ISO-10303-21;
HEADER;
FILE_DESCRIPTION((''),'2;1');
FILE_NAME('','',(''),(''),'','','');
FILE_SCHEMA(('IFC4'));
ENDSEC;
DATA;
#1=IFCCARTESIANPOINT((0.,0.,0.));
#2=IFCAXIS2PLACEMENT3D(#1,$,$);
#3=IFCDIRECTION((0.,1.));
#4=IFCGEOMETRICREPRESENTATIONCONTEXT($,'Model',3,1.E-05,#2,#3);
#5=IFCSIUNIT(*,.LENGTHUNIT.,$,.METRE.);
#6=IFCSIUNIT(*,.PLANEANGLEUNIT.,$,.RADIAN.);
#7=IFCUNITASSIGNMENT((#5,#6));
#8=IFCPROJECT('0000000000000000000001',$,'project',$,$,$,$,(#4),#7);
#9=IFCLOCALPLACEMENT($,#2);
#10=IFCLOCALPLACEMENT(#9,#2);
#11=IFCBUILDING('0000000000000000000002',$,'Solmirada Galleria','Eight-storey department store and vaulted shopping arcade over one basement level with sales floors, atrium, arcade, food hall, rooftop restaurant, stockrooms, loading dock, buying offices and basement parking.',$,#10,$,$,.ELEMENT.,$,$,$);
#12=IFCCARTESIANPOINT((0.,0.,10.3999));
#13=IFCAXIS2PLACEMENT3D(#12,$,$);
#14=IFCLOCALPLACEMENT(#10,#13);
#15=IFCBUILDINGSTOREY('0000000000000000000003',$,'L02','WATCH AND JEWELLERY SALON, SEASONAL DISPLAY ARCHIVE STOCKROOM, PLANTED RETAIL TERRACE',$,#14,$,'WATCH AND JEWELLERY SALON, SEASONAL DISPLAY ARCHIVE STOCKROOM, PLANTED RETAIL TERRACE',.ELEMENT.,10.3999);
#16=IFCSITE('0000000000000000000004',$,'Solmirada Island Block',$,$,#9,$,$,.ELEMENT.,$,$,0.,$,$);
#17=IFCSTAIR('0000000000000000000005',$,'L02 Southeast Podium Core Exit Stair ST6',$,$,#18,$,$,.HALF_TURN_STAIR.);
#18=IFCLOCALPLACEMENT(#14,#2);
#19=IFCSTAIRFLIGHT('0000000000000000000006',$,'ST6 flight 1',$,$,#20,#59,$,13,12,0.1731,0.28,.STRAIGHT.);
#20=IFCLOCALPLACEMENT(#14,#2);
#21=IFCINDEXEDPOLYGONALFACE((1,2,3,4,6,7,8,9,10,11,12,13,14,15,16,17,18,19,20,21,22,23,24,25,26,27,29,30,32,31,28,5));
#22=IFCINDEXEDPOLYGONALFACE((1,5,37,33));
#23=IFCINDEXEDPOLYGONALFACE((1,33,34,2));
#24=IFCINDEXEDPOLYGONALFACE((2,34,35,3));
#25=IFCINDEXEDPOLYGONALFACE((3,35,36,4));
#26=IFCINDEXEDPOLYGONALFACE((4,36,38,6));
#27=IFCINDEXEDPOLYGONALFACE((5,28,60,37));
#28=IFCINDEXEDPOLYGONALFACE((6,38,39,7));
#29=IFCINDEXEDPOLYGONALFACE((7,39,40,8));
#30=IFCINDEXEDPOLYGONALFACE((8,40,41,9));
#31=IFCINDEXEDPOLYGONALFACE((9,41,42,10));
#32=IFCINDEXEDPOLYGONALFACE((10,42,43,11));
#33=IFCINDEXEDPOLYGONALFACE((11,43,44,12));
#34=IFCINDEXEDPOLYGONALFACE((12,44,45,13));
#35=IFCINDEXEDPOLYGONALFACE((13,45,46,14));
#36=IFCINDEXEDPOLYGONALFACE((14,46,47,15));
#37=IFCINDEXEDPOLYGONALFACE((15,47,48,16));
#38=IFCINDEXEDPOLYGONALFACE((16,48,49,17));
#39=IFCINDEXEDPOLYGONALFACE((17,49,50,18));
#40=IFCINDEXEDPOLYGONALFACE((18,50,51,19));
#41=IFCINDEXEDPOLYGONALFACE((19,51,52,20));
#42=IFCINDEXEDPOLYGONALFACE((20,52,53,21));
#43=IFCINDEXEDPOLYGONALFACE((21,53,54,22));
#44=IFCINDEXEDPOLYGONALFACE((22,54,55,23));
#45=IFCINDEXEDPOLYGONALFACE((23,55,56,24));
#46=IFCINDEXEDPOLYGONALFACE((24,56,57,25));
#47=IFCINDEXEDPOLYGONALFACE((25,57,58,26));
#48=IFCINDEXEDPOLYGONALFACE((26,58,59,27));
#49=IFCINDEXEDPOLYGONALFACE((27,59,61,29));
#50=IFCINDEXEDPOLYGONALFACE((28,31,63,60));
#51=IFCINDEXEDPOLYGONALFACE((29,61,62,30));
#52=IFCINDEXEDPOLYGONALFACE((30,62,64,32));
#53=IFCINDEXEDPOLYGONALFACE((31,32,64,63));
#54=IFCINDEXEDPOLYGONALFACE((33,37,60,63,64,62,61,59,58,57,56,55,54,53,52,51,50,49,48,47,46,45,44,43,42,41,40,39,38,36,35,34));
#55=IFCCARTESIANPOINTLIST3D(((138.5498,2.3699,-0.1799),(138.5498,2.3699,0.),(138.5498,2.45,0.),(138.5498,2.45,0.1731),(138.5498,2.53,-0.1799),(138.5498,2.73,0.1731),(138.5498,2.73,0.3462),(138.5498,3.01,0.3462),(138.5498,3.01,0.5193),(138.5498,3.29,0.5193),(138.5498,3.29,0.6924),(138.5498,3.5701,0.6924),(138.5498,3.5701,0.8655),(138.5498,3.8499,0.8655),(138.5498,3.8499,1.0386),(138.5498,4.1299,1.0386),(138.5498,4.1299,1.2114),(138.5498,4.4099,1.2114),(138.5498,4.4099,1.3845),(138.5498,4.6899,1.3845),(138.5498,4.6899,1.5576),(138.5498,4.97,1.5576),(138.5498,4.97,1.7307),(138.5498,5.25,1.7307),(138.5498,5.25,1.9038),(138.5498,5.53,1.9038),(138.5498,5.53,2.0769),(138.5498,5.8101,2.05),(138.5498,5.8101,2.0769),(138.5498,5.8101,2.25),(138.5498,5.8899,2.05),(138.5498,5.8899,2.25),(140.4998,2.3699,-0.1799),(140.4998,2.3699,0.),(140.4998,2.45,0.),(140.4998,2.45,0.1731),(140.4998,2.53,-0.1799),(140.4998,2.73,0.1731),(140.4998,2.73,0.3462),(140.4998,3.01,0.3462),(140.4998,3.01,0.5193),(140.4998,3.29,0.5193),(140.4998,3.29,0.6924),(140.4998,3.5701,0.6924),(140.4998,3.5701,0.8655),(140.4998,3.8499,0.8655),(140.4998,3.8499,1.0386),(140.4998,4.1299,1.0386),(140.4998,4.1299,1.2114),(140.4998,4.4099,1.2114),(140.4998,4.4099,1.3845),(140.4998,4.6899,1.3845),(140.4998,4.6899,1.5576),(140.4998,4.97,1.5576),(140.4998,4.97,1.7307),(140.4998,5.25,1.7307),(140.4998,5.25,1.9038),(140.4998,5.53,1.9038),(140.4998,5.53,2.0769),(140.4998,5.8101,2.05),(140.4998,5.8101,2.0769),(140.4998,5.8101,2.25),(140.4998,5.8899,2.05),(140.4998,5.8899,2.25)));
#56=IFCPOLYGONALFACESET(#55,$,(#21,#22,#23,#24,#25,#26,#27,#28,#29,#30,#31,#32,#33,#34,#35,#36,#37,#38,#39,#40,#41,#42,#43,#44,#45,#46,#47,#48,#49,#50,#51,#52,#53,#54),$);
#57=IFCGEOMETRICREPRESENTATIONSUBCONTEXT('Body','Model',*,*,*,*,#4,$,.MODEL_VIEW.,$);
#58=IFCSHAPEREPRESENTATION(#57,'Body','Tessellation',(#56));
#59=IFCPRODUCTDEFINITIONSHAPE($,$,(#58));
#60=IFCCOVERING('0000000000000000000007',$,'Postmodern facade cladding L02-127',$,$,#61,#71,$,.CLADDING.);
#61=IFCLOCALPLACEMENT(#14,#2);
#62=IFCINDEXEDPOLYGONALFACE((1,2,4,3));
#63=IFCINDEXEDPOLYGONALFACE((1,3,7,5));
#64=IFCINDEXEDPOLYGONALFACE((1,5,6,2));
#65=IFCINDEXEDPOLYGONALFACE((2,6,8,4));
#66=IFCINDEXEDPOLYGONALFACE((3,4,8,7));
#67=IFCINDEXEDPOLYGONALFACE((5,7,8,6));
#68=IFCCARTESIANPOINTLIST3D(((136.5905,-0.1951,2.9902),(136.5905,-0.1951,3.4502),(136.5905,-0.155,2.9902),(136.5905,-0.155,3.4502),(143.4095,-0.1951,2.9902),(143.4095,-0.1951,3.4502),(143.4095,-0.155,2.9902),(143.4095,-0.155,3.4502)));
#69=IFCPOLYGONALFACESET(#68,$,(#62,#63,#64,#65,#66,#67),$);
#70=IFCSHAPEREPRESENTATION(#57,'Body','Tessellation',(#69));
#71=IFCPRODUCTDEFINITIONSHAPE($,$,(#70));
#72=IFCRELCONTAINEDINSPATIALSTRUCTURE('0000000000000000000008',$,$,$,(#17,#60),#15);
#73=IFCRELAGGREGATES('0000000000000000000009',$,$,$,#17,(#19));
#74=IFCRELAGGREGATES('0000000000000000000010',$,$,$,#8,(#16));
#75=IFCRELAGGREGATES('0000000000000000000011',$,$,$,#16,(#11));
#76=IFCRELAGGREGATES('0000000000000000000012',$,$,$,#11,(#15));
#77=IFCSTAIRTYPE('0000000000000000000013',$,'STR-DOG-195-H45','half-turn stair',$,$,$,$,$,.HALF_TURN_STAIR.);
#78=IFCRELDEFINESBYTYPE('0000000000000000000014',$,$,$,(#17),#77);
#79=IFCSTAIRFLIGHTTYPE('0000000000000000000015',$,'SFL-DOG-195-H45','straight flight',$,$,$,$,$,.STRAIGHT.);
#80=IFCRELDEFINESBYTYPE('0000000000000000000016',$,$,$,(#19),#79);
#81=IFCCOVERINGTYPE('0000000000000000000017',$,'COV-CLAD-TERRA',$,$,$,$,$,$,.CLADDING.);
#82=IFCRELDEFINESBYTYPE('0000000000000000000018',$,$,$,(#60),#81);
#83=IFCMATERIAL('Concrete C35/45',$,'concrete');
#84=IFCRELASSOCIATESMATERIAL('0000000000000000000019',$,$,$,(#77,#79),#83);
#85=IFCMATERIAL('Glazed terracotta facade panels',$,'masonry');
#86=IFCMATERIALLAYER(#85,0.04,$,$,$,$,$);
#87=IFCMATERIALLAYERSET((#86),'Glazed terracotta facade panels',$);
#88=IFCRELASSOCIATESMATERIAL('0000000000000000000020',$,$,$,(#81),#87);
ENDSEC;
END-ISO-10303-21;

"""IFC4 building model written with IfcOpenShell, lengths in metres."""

from ifc_helpers import new_model, si_unit, direction, frame, origin, origin_2d, place, context, subcontext, project, spatial, polyline, rectangle, outline, extrude, material, layer, layer_set, type_object, element, aggregate, save


model = new_model("IFC4")

# Units and contexts
model_context = context("Model", 3, precision=1e-05, world=origin(), true_north=direction((0.0, 1.0)))
body_context = subcontext(model_context, "Body", "Model", "MODEL_VIEW")
ifc_project = project(units=[si_unit("LENGTHUNIT", "METRE"), si_unit("PLANEANGLEUNIT", "RADIAN")], contexts=[model_context])

# Site, building, storey
site_placement = place(None, origin())
site = spatial("IfcSite", under=ifc_project, at=site_placement, Name="Solmirada Island Block", CompositionType="ELEMENT", RefElevation=0.0)
building_placement = place(site_placement, origin())
building = spatial("IfcBuilding", under=site, at=building_placement, Name="Solmirada Galleria", Description="Eight-storey department store and vaulted shopping arcade over one basement level with sales floors, atrium, arcade, food hall, rooftop restaurant, stockrooms, loading dock, buying offices and basement parking.", CompositionType="ELEMENT")
storey_placement = place(building_placement, frame((0.0, 0.0, 10.3999)))
storey = spatial("IfcBuildingStorey", under=building, at=storey_placement, Name="L02", Description="WATCH AND JEWELLERY SALON, SEASONAL DISPLAY ARCHIVE STOCKROOM, PLANTED RETAIL TERRACE", LongName="WATCH AND JEWELLERY SALON, SEASONAL DISPLAY ARCHIVE STOCKROOM, PLANTED RETAIL TERRACE", CompositionType="ELEMENT", Elevation=10.3999)

# Stair, stair flight
ifc_material_1 = material(Name="Concrete C35/45", Category="concrete")
stair_type = type_object("IfcStairType", Name="STR-DOG-195-H45", Description="half-turn stair", PredefinedType="HALF_TURN_STAIR", material=ifc_material_1)
stair_placement = place(storey_placement, origin())
stair = element("IfcStair", 1, at=stair_placement, inside=storey, type_object=stair_type, Name="L02 Southeast Podium Core Exit Stair ST6", PredefinedType="HALF_TURN_STAIR")
stair_flight_type = type_object("IfcStairFlightType", Name="SFL-DOG-195-H45", Description="straight flight", PredefinedType="STRAIGHT", material=ifc_material_1)
stair_flight_placement = place(storey_placement, frame((139.5249, 2.45, 0.0), z_axis=(0.0, 0.0, 1.0), x_axis=(0.0, 1.0, 0.0)))
stair_flight = element("IfcStairFlight", 2, at=stair_flight_placement, type_object=stair_flight_type, Name="ST6 flight 1", NumberOfRisers=13, NumberOfTreads=12, PredefinedType="STRAIGHT", RiserHeight=0.1731, TreadLength=0.28, context=body_context, shape_type="SweptSolid", body=[
    extrude(outline(polyline([(-0.0801, 0.0), (0.0, 0.0), (0.0, 0.1731), (0.28, 0.1731), (0.28, 0.3462), (0.5601, 0.3462), (0.5601, 0.5193), (0.8401, 0.5193), (0.8401, 0.6924), (1.1201, 0.6924), (1.1201, 0.8655), (1.3999, 0.8655), (1.3999, 1.0386), (1.6799, 1.0386), (1.6799, 1.2114), (1.96, 1.2114), (1.96, 1.3845), (2.24, 1.3845), (2.24, 1.5576), (2.52, 1.5576), (2.52, 1.7307), (2.8, 1.7307), (2.8, 1.9038), (3.0801, 1.9038), (3.0801, 2.0769), (3.3601, 2.0769), (3.3601, 2.25), (3.4399, 2.25), (3.4399, 2.05), (3.3601, 2.05), (0.0801, -0.1799), (-0.0801, -0.1799), (-0.0801, 0.0)])), frame((0.0, 0.9751, 0.0), z_axis=(0.0, -1.0, 0.0), x_axis=(1.0, 0.0, 0.0)), (0.0, 0.0, 1.0), 1.95),
])
aggregate(stair, [stair_flight])

# Covering
ifc_material_2 = material(Name="Glazed terracotta facade panels", Category="masonry")
ifc_layer_1 = layer(ifc_material_2, 0.04)
ifc_layer_set_1 = layer_set([ifc_layer_1], Name="Glazed terracotta facade panels")
covering_type = type_object("IfcCoveringType", Name="COV-CLAD-TERRA", PredefinedType="CLADDING", material=ifc_layer_set_1)
covering_placement = place(storey_placement, frame((140.0, -0.175, 2.9902), z_axis=(0.0, 0.0, 1.0), x_axis=(-1.0, 0.0, 0.0)))
element("IfcCovering", 3, at=covering_placement, inside=storey, type_object=covering_type, Name="Postmodern facade cladding L02-127", PredefinedType="CLADDING", context=body_context, shape_type="SweptSolid", body=[
    extrude(rectangle(XDim=6.8191, YDim=0.04, at=origin_2d()), origin(), (0.0, 0.0, 1.0), 0.46),
])

save(model, "model.ifc")
